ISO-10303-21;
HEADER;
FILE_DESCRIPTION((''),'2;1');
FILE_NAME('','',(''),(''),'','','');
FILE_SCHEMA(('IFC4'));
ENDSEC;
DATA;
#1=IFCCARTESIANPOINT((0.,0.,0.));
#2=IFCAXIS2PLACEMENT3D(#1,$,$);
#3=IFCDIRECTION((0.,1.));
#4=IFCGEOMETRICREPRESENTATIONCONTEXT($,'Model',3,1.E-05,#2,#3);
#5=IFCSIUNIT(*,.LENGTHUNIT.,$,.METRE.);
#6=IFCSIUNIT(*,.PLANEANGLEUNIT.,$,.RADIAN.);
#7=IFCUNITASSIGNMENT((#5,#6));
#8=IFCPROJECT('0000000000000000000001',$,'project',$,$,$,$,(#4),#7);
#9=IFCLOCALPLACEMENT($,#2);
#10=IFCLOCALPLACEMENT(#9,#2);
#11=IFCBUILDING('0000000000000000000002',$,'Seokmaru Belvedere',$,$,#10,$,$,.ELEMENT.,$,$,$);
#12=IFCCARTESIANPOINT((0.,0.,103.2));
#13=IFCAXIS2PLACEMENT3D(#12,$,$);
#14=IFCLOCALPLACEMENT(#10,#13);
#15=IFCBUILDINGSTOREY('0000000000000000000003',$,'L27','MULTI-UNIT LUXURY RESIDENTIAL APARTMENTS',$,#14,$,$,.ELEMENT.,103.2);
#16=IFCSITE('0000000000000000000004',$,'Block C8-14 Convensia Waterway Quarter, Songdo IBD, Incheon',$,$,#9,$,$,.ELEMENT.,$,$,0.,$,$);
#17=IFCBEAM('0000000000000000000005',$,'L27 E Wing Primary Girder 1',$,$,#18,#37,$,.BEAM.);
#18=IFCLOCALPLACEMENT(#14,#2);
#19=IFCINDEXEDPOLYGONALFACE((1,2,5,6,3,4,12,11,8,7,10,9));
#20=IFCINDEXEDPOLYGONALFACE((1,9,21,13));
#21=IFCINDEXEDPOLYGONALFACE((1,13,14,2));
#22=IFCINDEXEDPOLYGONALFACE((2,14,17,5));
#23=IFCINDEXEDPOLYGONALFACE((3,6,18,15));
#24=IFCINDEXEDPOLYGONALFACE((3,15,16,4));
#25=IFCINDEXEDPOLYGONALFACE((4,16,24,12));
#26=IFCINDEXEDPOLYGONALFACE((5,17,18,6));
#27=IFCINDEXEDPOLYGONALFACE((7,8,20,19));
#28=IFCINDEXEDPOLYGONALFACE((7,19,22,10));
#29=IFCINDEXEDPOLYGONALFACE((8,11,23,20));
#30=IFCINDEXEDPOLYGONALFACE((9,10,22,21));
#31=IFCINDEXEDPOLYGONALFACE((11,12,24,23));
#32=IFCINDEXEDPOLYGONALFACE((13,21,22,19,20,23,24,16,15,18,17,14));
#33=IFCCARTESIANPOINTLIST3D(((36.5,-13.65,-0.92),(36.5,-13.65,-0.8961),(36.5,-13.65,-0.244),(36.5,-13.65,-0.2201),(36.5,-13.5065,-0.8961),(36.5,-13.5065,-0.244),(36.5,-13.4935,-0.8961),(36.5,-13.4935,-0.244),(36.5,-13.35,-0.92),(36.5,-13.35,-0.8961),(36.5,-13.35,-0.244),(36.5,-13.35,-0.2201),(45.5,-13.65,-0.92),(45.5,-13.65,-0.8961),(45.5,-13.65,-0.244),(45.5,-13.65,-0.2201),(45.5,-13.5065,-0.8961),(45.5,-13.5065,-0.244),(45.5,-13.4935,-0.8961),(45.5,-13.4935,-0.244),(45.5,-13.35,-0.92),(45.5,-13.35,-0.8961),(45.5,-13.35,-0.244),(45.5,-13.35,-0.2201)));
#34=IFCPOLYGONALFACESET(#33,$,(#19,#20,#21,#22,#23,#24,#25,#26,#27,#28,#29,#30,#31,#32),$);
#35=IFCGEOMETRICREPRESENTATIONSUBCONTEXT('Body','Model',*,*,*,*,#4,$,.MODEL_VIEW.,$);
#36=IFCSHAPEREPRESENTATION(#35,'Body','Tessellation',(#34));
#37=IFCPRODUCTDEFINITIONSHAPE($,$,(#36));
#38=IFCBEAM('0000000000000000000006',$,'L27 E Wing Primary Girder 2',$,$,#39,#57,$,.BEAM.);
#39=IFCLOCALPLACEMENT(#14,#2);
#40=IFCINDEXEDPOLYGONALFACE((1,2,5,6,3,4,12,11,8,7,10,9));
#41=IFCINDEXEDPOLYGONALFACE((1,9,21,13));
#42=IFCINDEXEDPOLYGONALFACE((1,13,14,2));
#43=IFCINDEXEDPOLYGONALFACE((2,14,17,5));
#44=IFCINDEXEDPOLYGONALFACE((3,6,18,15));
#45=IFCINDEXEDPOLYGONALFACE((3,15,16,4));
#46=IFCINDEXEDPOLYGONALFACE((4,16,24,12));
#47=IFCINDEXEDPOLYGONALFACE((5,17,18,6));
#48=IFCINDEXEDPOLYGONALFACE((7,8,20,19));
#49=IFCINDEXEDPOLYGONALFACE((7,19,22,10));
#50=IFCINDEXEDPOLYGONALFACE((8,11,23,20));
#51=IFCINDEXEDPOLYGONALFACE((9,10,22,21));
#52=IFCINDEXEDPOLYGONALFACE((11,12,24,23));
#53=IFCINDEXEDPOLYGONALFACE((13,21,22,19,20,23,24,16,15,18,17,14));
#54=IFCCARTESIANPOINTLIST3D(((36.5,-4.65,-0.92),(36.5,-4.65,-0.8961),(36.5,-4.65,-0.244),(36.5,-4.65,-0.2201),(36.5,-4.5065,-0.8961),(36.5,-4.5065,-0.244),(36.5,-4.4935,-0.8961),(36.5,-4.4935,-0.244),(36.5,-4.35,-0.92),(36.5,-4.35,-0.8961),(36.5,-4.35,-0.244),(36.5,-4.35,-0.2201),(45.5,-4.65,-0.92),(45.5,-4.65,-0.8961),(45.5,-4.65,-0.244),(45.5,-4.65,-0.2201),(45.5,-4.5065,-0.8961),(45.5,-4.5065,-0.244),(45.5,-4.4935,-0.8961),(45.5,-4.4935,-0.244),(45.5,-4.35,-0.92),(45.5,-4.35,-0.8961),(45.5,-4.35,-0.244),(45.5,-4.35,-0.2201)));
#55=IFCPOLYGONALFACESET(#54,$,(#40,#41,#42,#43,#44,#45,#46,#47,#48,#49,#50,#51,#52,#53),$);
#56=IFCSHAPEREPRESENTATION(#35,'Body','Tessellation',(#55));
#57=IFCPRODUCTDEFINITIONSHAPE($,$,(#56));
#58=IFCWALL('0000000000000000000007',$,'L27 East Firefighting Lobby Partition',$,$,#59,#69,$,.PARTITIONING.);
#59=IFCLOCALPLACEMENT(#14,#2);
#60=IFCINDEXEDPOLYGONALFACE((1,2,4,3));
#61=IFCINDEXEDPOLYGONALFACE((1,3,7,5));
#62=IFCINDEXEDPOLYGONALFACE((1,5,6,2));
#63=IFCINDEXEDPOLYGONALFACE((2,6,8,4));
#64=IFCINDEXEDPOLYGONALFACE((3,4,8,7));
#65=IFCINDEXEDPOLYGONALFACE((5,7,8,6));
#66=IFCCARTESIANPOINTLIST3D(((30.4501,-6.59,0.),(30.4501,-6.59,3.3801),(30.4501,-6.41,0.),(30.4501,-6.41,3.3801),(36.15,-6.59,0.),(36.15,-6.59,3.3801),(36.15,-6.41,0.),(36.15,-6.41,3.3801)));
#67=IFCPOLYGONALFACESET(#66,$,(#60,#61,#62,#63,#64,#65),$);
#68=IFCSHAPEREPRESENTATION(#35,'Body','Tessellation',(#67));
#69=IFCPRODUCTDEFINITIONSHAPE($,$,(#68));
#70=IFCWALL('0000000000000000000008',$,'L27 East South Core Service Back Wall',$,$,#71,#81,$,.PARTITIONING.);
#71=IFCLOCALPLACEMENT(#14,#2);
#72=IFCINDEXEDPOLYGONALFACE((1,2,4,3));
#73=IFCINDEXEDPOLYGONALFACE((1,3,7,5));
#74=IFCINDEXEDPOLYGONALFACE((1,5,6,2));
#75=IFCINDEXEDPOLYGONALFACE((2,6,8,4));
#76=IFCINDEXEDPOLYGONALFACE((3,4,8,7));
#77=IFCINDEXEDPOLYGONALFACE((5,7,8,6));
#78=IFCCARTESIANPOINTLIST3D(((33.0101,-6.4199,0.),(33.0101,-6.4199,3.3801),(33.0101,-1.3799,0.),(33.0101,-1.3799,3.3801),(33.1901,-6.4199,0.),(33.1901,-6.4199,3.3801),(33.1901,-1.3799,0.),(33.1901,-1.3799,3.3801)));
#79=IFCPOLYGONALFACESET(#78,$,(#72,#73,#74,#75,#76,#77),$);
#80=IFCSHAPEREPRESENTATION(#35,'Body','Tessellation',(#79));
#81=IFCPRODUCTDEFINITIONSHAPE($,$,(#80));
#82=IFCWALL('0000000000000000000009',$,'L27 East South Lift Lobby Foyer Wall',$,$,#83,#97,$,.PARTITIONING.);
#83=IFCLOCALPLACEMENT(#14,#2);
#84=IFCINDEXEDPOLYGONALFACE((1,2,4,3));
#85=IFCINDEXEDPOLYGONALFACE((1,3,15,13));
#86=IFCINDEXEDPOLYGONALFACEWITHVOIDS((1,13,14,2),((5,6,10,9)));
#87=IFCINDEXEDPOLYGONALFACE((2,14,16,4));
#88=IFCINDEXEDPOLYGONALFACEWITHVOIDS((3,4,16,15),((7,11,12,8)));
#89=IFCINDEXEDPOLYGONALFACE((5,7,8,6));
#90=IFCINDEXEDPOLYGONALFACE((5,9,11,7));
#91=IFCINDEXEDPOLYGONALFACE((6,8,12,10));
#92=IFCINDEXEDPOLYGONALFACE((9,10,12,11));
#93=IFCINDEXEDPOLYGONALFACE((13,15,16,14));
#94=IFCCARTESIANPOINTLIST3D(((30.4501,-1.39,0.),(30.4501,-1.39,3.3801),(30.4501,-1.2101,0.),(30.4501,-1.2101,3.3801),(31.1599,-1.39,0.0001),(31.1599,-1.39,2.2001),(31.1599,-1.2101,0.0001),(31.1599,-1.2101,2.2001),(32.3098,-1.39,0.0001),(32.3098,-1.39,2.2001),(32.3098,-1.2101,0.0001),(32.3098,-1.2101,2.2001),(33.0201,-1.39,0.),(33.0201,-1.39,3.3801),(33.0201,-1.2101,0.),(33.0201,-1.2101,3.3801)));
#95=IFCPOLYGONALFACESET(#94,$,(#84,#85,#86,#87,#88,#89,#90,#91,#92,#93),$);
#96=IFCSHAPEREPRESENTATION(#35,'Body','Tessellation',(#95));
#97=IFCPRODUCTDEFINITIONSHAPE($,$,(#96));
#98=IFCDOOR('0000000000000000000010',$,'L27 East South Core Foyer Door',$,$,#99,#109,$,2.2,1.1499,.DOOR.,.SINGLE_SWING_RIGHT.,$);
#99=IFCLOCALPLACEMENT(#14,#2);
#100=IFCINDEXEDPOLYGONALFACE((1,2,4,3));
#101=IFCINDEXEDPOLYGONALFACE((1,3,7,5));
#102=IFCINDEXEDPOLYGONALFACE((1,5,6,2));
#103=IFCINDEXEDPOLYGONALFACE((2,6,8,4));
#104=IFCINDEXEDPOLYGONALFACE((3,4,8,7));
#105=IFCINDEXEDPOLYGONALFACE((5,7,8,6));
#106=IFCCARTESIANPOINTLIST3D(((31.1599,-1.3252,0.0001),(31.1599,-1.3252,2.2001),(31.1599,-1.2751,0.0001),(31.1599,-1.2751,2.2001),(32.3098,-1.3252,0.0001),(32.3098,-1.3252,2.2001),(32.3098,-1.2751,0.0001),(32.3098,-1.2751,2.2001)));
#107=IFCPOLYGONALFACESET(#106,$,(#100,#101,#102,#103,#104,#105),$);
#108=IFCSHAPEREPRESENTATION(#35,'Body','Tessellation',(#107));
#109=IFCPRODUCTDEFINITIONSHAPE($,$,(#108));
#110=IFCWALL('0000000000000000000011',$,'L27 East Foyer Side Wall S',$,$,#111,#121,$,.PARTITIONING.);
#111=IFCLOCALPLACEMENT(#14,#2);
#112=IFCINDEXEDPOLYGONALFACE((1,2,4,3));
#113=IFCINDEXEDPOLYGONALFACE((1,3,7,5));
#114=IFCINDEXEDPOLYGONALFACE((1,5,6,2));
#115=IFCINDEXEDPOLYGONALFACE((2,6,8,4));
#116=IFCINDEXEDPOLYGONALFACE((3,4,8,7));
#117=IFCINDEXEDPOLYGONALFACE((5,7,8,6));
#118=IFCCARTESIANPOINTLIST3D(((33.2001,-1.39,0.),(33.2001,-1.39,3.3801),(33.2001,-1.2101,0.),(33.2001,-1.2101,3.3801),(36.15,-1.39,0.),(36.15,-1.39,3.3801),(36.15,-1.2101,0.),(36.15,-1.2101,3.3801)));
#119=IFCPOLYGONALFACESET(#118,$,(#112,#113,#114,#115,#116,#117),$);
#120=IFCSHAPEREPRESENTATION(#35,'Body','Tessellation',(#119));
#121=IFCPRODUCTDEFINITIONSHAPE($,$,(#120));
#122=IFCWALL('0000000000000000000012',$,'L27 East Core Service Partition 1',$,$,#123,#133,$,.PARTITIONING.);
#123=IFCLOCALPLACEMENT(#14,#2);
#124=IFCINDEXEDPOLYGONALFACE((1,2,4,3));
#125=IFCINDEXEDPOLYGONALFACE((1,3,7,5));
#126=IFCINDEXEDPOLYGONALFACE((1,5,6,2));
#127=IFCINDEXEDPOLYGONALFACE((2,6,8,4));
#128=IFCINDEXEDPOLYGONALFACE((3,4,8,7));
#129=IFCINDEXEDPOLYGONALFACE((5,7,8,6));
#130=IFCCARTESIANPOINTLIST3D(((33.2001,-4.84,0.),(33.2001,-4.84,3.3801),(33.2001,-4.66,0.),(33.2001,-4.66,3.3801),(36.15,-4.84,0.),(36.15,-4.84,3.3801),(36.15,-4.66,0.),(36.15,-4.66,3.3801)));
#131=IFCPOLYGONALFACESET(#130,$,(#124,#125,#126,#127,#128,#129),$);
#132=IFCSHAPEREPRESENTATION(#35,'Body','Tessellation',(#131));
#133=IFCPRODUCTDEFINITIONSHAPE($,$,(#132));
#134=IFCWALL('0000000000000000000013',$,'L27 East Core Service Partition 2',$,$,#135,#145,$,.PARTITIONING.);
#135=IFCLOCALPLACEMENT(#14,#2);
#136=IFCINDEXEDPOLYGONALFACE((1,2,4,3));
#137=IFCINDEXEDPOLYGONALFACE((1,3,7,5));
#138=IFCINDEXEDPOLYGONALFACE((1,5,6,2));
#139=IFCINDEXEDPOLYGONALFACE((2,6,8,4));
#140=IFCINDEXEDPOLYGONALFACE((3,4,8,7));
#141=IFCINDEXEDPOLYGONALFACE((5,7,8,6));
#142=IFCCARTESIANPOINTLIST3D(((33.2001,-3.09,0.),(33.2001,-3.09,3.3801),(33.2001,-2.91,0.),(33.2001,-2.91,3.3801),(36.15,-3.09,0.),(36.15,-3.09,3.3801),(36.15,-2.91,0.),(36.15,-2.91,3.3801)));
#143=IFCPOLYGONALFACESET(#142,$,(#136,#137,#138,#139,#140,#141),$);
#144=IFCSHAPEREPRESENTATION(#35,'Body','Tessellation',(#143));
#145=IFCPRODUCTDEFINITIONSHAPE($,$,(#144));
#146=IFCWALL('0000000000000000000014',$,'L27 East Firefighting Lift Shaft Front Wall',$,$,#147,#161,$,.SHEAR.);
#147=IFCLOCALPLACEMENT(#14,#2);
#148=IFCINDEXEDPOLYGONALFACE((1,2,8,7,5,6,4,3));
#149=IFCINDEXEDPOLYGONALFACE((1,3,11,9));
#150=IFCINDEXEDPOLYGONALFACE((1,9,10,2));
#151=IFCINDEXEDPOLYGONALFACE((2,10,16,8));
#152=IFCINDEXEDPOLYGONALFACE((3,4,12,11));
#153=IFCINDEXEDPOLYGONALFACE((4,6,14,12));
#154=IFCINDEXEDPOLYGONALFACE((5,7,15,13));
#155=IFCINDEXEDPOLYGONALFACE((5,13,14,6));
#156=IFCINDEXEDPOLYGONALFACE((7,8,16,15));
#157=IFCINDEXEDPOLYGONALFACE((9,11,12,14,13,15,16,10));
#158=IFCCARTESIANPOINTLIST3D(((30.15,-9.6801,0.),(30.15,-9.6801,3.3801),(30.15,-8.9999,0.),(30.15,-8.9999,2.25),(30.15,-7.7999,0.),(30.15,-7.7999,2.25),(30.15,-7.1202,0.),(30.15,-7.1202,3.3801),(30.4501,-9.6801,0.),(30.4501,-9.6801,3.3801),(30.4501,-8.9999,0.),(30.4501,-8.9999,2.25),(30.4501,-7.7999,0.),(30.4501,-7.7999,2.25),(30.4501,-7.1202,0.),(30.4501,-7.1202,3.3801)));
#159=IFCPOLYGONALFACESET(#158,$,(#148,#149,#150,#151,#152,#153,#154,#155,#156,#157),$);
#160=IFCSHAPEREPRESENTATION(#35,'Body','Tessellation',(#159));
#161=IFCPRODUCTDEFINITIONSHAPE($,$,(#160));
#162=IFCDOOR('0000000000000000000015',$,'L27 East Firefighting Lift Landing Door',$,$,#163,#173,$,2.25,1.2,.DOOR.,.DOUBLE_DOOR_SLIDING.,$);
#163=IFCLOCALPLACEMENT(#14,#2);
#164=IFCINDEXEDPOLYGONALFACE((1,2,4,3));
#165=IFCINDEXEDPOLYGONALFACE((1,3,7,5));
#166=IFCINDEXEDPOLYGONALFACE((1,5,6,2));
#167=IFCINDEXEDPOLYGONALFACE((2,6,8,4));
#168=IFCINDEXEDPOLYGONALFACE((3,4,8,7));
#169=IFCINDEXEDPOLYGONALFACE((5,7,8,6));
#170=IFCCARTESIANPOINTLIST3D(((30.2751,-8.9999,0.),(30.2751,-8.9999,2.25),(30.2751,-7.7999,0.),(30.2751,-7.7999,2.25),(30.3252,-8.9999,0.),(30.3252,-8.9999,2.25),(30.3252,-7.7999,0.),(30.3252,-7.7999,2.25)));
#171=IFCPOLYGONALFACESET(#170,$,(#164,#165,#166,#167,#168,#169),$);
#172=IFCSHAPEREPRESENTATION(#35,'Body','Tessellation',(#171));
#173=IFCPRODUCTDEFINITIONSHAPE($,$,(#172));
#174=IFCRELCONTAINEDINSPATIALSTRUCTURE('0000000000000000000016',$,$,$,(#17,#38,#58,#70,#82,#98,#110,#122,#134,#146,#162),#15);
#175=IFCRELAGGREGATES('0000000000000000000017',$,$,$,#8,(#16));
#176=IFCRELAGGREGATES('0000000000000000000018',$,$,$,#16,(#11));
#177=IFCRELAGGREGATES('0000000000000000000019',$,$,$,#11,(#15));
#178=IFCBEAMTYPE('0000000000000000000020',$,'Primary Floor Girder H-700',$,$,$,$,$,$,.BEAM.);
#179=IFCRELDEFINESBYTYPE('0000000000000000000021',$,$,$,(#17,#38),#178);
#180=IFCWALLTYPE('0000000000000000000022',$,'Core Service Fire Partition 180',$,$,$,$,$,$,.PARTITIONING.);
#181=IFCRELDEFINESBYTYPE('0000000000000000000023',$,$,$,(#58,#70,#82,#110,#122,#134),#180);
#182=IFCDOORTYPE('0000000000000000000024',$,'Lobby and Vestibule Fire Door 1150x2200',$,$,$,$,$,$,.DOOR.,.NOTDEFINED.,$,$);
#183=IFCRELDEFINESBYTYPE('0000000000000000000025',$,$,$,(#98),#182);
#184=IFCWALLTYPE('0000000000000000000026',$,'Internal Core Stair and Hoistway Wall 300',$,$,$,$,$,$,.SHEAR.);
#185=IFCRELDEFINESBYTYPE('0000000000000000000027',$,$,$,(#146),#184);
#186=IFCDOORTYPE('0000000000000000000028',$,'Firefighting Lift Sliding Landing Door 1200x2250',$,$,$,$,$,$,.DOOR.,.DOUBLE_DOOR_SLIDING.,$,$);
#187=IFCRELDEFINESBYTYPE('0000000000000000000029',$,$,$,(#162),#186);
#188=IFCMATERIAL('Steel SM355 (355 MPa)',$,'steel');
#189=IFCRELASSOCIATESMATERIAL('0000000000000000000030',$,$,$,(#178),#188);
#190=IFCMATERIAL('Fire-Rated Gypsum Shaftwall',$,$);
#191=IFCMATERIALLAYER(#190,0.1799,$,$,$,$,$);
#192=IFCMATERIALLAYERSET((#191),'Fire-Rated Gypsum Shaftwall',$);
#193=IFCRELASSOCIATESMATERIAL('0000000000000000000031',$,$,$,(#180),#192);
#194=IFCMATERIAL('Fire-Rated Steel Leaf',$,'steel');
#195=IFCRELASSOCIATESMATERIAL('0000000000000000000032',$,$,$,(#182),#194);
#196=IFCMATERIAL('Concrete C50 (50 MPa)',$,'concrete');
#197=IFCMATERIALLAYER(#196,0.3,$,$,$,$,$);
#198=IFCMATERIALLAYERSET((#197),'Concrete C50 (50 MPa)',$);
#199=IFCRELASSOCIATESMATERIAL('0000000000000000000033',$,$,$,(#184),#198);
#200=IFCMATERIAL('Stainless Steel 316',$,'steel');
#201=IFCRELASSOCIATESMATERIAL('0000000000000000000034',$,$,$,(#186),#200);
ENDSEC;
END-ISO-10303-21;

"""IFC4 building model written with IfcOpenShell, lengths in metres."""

from ifc_helpers import new_model, si_unit, direction, frame, frame_2d, origin, origin_2d, place, context, subcontext, project, spatial, rectangle, i_section, extrude, source, transform, mapped, material, layer, layer_set, material_profile, profile_set, type_object, type_shapes, element, fill, save


model = new_model("IFC4")

# Units and contexts
model_context = context("Model", 3, precision=1e-05, world=origin(), true_north=direction((0.0, 1.0)))
body_context = subcontext(model_context, "Body", "Model", "MODEL_VIEW")
ifc_project = project(units=[si_unit("LENGTHUNIT", "METRE"), si_unit("PLANEANGLEUNIT", "RADIAN")], contexts=[model_context])

# Site, building, storey
site_placement = place(None, origin())
site = spatial("IfcSite", under=ifc_project, at=site_placement, Name="Block C8-14 Convensia Waterway Quarter, Songdo IBD, Incheon", CompositionType="ELEMENT", RefElevation=0.0)
building_placement = place(site_placement, origin())
building = spatial("IfcBuilding", under=site, at=building_placement, Name="Seokmaru Belvedere", CompositionType="ELEMENT")
storey_placement = place(building_placement, frame((0.0, 0.0, 103.2)))
storey = spatial("IfcBuildingStorey", under=building, at=storey_placement, Name="L27", Description="MULTI-UNIT LUXURY RESIDENTIAL APARTMENTS", CompositionType="ELEMENT", Elevation=103.2)

# Beams
ifc_material_1 = material(Name="Steel SM355 (355 MPa)", Category="steel")
ifc_material_profile = material_profile(ifc_material_1, i_section(OverallWidth=0.3, OverallDepth=0.7, WebThickness=0.0129, FlangeThickness=0.0239, at=origin_2d()), Name="H-700x300x13x24")
ifc_profile_set = profile_set([ifc_material_profile], Name="Steel SM355 (355 MPa)")
beam_type = type_object("IfcBeamType", Name="Primary Floor Girder H-700", PredefinedType="BEAM", material=ifc_profile_set)
shared_shape_1 = source(origin(), body_context, "Body", "SweptSolid", [
    extrude(i_section(OverallWidth=0.3, OverallDepth=0.7, WebThickness=0.0129, FlangeThickness=0.0239, at=origin_2d()), origin(), (0.0, 0.0, 1.0), 9.0),
])
type_shapes(beam_type, [shared_shape_1])
for number, where, z_axis, x_axis, name in (
    (1, (36.5, -13.5, -0.5701), (1.0, 0.0, 0.0), (0.0, 1.0, 0.0), "L27 E Wing Primary Girder 1"),
    (2, (36.5, -4.5, -0.5701), (1.0, 0.0, 0.0), (0.0, 1.0, 0.0), "L27 E Wing Primary Girder 2"),
):
    element("IfcBeam", number, at=place(storey_placement, frame(where, z_axis=z_axis, x_axis=x_axis)), inside=storey, type_object=beam_type, Name=name, PredefinedType="BEAM", context=body_context, shape_type="MappedRepresentation", body=[
        mapped(shared_shape_1, transform((0.0, 0.0, 0.0), scale=1.0)),
    ])

# Walls
ifc_material_2 = material(Name="Fire-Rated Gypsum Shaftwall")
ifc_layer_1 = layer(ifc_material_2, 0.1799)
ifc_layer_set_1 = layer_set([ifc_layer_1], Name="Fire-Rated Gypsum Shaftwall")
wall_type_1 = type_object("IfcWallType", Name="Core Service Fire Partition 180", PredefinedType="PARTITIONING", material=ifc_layer_set_1)
wall_1_placement = place(storey_placement, frame((30.45, -6.5, 0.0), z_axis=(0.0, 0.0, 1.0), x_axis=(1.0, 0.0, 0.0)))
element("IfcWall", 3, at=wall_1_placement, inside=storey, type_object=wall_type_1, Name="L27 East Firefighting Lobby Partition", PredefinedType="PARTITIONING", context=body_context, shape_type="SweptSolid", body=[
    extrude(rectangle(XDim=5.7, YDim=0.1799, at=frame_2d((2.8501, 0.0))), origin(), (0.0, 0.0, 1.0), 3.3801),
])
wall_2_placement = place(storey_placement, frame((33.1001, -6.4199, 0.0), z_axis=(0.0, 0.0, 1.0), x_axis=(0.0, 1.0, 0.0)))
element("IfcWall", 4, at=wall_2_placement, inside=storey, type_object=wall_type_1, Name="L27 East South Core Service Back Wall", PredefinedType="PARTITIONING", context=body_context, shape_type="SweptSolid", body=[
    extrude(rectangle(XDim=5.04, YDim=0.1799, at=frame_2d((2.52, 0.0))), origin(), (0.0, 0.0, 1.0), 3.3801),
])

# Wall, opening, door
wall_3_placement = place(storey_placement, frame((30.45, -1.3, 0.0), z_axis=(0.0, 0.0, 1.0), x_axis=(1.0, 0.0, 0.0)))
wall_3 = element("IfcWall", 5, at=wall_3_placement, inside=storey, type_object=wall_type_1, Name="L27 East South Lift Lobby Foyer Wall", PredefinedType="PARTITIONING", context=body_context, shape_type="SweptSolid", body=[
    extrude(rectangle(XDim=2.5701, YDim=0.1799, at=frame_2d((1.2852, 0.0))), origin(), (0.0, 0.0, 1.0), 3.3801),
])
opening_1_placement = place(wall_3_placement, frame((0.71, 0.0, 0.0)))
opening_1 = element("IfcOpeningElement", 6, at=opening_1_placement, cuts=wall_3, PredefinedType="OPENING", context=body_context, shape_type="SweptSolid", body=[
    extrude(rectangle(XDim=1.1499, YDim=2.2, at=frame_2d((0.575, 1.1001))), frame((0.0, 0.1001, 0.0), z_axis=(0.0, -1.0, 0.0), x_axis=(1.0, 0.0, 0.0)), (0.0, 0.0, 1.0), 0.2),
])
ifc_material_3 = material(Name="Fire-Rated Steel Leaf", Category="steel")
door_type_1 = type_object("IfcDoorType", Name="Lobby and Vestibule Fire Door 1150x2200", OperationType="NOTDEFINED", PredefinedType="DOOR", material=ifc_material_3)
shared_shape_2 = source(origin(), body_context, "Body", "SweptSolid", [
    extrude(rectangle(XDim=1.1499, YDim=2.2, at=frame_2d((0.575, 1.1001))), frame((0.0, 0.0249, 0.0), z_axis=(0.0, -1.0, 0.0), x_axis=(1.0, 0.0, 0.0)), (0.0, 0.0, 1.0), 0.05),
])
type_shapes(door_type_1, [shared_shape_2])
door_1_placement = place(opening_1_placement, origin())
door_1 = element("IfcDoor", 7, at=door_1_placement, inside=storey, type_object=door_type_1, Name="L27 East South Core Foyer Door", OperationType="SINGLE_SWING_RIGHT", OverallHeight=2.2, OverallWidth=1.1499, PredefinedType="DOOR", context=body_context, shape_type="MappedRepresentation", body=[
    mapped(shared_shape_2, transform((0.0, 0.0, 0.0), scale=1.0)),
])
fill(opening_1, door_1)

# Walls
for number, where, z_axis, x_axis, name in (
    (8, (33.2, -1.3, 0.0), (0.0, 0.0, 1.0), (1.0, 0.0, 0.0), "L27 East Foyer Side Wall S"),
    (9, (33.2, -4.75, 0.0), (0.0, 0.0, 1.0), (1.0, 0.0, 0.0), "L27 East Core Service Partition 1"),
    (10, (33.2, -3.0, 0.0), (0.0, 0.0, 1.0), (1.0, 0.0, 0.0), "L27 East Core Service Partition 2"),
):
    element("IfcWall", number, at=place(storey_placement, frame(where, z_axis=z_axis, x_axis=x_axis)), inside=storey, type_object=wall_type_1, Name=name, PredefinedType="PARTITIONING", context=body_context, shape_type="SweptSolid", body=[
        extrude(rectangle(XDim=2.95, YDim=0.1799, at=frame_2d((1.4751, 0.0))), origin(), (0.0, 0.0, 1.0), 3.3801),
    ])

# Wall, opening, door
ifc_material_4 = material(Name="Concrete C50 (50 MPa)", Category="concrete")
ifc_layer_2 = layer(ifc_material_4, 0.3)
ifc_layer_set_2 = layer_set([ifc_layer_2], Name="Concrete C50 (50 MPa)")
wall_type_2 = type_object("IfcWallType", Name="Internal Core Stair and Hoistway Wall 300", PredefinedType="SHEAR", material=ifc_layer_set_2)
wall_4_placement = place(storey_placement, frame((30.3, -9.6799, 0.0), z_axis=(0.0, 0.0, 1.0), x_axis=(0.0, 1.0, 0.0)))
wall_4 = element("IfcWall", 11, at=wall_4_placement, inside=storey, type_object=wall_type_2, Name="L27 East Firefighting Lift Shaft Front Wall", PredefinedType="SHEAR", context=body_context, shape_type="SweptSolid", body=[
    extrude(rectangle(XDim=2.5598, YDim=0.3, at=frame_2d((1.2798, 0.0))), origin(), (0.0, 0.0, 1.0), 3.3801),
])
opening_2_placement = place(wall_4_placement, frame((0.6799, 0.0, 0.0)))
opening_2 = element("IfcOpeningElement", 12, at=opening_2_placement, cuts=wall_4, PredefinedType="OPENING", context=body_context, shape_type="SweptSolid", body=[
    extrude(rectangle(XDim=1.2, YDim=2.25, at=frame_2d((0.6001, 1.125))), frame((0.0, 0.1602, 0.0), z_axis=(0.0, -1.0, 0.0), x_axis=(1.0, 0.0, 0.0)), (0.0, 0.0, 1.0), 0.3201),
])
ifc_material_5 = material(Name="Stainless Steel 316", Category="steel")
door_type_2 = type_object("IfcDoorType", Name="Firefighting Lift Sliding Landing Door 1200x2250", OperationType="DOUBLE_DOOR_SLIDING", PredefinedType="DOOR", material=ifc_material_5)
shared_shape_3 = source(origin(), body_context, "Body", "SweptSolid", [
    extrude(rectangle(XDim=1.2, YDim=2.25, at=frame_2d((0.6001, 1.125))), frame((0.0, 0.0249, 0.0), z_axis=(0.0, -1.0, 0.0), x_axis=(1.0, 0.0, 0.0)), (0.0, 0.0, 1.0), 0.05),
])
type_shapes(door_type_2, [shared_shape_3])
door_2_placement = place(opening_2_placement, origin())
door_2 = element("IfcDoor", 13, at=door_2_placement, inside=storey, type_object=door_type_2, Name="L27 East Firefighting Lift Landing Door", OperationType="DOUBLE_DOOR_SLIDING", OverallHeight=2.25, OverallWidth=1.2, PredefinedType="DOOR", context=body_context, shape_type="MappedRepresentation", body=[
    mapped(shared_shape_3, transform((0.0, 0.0, 0.0), scale=1.0)),
])
fill(opening_2, door_2)

save(model, "model.ifc")
